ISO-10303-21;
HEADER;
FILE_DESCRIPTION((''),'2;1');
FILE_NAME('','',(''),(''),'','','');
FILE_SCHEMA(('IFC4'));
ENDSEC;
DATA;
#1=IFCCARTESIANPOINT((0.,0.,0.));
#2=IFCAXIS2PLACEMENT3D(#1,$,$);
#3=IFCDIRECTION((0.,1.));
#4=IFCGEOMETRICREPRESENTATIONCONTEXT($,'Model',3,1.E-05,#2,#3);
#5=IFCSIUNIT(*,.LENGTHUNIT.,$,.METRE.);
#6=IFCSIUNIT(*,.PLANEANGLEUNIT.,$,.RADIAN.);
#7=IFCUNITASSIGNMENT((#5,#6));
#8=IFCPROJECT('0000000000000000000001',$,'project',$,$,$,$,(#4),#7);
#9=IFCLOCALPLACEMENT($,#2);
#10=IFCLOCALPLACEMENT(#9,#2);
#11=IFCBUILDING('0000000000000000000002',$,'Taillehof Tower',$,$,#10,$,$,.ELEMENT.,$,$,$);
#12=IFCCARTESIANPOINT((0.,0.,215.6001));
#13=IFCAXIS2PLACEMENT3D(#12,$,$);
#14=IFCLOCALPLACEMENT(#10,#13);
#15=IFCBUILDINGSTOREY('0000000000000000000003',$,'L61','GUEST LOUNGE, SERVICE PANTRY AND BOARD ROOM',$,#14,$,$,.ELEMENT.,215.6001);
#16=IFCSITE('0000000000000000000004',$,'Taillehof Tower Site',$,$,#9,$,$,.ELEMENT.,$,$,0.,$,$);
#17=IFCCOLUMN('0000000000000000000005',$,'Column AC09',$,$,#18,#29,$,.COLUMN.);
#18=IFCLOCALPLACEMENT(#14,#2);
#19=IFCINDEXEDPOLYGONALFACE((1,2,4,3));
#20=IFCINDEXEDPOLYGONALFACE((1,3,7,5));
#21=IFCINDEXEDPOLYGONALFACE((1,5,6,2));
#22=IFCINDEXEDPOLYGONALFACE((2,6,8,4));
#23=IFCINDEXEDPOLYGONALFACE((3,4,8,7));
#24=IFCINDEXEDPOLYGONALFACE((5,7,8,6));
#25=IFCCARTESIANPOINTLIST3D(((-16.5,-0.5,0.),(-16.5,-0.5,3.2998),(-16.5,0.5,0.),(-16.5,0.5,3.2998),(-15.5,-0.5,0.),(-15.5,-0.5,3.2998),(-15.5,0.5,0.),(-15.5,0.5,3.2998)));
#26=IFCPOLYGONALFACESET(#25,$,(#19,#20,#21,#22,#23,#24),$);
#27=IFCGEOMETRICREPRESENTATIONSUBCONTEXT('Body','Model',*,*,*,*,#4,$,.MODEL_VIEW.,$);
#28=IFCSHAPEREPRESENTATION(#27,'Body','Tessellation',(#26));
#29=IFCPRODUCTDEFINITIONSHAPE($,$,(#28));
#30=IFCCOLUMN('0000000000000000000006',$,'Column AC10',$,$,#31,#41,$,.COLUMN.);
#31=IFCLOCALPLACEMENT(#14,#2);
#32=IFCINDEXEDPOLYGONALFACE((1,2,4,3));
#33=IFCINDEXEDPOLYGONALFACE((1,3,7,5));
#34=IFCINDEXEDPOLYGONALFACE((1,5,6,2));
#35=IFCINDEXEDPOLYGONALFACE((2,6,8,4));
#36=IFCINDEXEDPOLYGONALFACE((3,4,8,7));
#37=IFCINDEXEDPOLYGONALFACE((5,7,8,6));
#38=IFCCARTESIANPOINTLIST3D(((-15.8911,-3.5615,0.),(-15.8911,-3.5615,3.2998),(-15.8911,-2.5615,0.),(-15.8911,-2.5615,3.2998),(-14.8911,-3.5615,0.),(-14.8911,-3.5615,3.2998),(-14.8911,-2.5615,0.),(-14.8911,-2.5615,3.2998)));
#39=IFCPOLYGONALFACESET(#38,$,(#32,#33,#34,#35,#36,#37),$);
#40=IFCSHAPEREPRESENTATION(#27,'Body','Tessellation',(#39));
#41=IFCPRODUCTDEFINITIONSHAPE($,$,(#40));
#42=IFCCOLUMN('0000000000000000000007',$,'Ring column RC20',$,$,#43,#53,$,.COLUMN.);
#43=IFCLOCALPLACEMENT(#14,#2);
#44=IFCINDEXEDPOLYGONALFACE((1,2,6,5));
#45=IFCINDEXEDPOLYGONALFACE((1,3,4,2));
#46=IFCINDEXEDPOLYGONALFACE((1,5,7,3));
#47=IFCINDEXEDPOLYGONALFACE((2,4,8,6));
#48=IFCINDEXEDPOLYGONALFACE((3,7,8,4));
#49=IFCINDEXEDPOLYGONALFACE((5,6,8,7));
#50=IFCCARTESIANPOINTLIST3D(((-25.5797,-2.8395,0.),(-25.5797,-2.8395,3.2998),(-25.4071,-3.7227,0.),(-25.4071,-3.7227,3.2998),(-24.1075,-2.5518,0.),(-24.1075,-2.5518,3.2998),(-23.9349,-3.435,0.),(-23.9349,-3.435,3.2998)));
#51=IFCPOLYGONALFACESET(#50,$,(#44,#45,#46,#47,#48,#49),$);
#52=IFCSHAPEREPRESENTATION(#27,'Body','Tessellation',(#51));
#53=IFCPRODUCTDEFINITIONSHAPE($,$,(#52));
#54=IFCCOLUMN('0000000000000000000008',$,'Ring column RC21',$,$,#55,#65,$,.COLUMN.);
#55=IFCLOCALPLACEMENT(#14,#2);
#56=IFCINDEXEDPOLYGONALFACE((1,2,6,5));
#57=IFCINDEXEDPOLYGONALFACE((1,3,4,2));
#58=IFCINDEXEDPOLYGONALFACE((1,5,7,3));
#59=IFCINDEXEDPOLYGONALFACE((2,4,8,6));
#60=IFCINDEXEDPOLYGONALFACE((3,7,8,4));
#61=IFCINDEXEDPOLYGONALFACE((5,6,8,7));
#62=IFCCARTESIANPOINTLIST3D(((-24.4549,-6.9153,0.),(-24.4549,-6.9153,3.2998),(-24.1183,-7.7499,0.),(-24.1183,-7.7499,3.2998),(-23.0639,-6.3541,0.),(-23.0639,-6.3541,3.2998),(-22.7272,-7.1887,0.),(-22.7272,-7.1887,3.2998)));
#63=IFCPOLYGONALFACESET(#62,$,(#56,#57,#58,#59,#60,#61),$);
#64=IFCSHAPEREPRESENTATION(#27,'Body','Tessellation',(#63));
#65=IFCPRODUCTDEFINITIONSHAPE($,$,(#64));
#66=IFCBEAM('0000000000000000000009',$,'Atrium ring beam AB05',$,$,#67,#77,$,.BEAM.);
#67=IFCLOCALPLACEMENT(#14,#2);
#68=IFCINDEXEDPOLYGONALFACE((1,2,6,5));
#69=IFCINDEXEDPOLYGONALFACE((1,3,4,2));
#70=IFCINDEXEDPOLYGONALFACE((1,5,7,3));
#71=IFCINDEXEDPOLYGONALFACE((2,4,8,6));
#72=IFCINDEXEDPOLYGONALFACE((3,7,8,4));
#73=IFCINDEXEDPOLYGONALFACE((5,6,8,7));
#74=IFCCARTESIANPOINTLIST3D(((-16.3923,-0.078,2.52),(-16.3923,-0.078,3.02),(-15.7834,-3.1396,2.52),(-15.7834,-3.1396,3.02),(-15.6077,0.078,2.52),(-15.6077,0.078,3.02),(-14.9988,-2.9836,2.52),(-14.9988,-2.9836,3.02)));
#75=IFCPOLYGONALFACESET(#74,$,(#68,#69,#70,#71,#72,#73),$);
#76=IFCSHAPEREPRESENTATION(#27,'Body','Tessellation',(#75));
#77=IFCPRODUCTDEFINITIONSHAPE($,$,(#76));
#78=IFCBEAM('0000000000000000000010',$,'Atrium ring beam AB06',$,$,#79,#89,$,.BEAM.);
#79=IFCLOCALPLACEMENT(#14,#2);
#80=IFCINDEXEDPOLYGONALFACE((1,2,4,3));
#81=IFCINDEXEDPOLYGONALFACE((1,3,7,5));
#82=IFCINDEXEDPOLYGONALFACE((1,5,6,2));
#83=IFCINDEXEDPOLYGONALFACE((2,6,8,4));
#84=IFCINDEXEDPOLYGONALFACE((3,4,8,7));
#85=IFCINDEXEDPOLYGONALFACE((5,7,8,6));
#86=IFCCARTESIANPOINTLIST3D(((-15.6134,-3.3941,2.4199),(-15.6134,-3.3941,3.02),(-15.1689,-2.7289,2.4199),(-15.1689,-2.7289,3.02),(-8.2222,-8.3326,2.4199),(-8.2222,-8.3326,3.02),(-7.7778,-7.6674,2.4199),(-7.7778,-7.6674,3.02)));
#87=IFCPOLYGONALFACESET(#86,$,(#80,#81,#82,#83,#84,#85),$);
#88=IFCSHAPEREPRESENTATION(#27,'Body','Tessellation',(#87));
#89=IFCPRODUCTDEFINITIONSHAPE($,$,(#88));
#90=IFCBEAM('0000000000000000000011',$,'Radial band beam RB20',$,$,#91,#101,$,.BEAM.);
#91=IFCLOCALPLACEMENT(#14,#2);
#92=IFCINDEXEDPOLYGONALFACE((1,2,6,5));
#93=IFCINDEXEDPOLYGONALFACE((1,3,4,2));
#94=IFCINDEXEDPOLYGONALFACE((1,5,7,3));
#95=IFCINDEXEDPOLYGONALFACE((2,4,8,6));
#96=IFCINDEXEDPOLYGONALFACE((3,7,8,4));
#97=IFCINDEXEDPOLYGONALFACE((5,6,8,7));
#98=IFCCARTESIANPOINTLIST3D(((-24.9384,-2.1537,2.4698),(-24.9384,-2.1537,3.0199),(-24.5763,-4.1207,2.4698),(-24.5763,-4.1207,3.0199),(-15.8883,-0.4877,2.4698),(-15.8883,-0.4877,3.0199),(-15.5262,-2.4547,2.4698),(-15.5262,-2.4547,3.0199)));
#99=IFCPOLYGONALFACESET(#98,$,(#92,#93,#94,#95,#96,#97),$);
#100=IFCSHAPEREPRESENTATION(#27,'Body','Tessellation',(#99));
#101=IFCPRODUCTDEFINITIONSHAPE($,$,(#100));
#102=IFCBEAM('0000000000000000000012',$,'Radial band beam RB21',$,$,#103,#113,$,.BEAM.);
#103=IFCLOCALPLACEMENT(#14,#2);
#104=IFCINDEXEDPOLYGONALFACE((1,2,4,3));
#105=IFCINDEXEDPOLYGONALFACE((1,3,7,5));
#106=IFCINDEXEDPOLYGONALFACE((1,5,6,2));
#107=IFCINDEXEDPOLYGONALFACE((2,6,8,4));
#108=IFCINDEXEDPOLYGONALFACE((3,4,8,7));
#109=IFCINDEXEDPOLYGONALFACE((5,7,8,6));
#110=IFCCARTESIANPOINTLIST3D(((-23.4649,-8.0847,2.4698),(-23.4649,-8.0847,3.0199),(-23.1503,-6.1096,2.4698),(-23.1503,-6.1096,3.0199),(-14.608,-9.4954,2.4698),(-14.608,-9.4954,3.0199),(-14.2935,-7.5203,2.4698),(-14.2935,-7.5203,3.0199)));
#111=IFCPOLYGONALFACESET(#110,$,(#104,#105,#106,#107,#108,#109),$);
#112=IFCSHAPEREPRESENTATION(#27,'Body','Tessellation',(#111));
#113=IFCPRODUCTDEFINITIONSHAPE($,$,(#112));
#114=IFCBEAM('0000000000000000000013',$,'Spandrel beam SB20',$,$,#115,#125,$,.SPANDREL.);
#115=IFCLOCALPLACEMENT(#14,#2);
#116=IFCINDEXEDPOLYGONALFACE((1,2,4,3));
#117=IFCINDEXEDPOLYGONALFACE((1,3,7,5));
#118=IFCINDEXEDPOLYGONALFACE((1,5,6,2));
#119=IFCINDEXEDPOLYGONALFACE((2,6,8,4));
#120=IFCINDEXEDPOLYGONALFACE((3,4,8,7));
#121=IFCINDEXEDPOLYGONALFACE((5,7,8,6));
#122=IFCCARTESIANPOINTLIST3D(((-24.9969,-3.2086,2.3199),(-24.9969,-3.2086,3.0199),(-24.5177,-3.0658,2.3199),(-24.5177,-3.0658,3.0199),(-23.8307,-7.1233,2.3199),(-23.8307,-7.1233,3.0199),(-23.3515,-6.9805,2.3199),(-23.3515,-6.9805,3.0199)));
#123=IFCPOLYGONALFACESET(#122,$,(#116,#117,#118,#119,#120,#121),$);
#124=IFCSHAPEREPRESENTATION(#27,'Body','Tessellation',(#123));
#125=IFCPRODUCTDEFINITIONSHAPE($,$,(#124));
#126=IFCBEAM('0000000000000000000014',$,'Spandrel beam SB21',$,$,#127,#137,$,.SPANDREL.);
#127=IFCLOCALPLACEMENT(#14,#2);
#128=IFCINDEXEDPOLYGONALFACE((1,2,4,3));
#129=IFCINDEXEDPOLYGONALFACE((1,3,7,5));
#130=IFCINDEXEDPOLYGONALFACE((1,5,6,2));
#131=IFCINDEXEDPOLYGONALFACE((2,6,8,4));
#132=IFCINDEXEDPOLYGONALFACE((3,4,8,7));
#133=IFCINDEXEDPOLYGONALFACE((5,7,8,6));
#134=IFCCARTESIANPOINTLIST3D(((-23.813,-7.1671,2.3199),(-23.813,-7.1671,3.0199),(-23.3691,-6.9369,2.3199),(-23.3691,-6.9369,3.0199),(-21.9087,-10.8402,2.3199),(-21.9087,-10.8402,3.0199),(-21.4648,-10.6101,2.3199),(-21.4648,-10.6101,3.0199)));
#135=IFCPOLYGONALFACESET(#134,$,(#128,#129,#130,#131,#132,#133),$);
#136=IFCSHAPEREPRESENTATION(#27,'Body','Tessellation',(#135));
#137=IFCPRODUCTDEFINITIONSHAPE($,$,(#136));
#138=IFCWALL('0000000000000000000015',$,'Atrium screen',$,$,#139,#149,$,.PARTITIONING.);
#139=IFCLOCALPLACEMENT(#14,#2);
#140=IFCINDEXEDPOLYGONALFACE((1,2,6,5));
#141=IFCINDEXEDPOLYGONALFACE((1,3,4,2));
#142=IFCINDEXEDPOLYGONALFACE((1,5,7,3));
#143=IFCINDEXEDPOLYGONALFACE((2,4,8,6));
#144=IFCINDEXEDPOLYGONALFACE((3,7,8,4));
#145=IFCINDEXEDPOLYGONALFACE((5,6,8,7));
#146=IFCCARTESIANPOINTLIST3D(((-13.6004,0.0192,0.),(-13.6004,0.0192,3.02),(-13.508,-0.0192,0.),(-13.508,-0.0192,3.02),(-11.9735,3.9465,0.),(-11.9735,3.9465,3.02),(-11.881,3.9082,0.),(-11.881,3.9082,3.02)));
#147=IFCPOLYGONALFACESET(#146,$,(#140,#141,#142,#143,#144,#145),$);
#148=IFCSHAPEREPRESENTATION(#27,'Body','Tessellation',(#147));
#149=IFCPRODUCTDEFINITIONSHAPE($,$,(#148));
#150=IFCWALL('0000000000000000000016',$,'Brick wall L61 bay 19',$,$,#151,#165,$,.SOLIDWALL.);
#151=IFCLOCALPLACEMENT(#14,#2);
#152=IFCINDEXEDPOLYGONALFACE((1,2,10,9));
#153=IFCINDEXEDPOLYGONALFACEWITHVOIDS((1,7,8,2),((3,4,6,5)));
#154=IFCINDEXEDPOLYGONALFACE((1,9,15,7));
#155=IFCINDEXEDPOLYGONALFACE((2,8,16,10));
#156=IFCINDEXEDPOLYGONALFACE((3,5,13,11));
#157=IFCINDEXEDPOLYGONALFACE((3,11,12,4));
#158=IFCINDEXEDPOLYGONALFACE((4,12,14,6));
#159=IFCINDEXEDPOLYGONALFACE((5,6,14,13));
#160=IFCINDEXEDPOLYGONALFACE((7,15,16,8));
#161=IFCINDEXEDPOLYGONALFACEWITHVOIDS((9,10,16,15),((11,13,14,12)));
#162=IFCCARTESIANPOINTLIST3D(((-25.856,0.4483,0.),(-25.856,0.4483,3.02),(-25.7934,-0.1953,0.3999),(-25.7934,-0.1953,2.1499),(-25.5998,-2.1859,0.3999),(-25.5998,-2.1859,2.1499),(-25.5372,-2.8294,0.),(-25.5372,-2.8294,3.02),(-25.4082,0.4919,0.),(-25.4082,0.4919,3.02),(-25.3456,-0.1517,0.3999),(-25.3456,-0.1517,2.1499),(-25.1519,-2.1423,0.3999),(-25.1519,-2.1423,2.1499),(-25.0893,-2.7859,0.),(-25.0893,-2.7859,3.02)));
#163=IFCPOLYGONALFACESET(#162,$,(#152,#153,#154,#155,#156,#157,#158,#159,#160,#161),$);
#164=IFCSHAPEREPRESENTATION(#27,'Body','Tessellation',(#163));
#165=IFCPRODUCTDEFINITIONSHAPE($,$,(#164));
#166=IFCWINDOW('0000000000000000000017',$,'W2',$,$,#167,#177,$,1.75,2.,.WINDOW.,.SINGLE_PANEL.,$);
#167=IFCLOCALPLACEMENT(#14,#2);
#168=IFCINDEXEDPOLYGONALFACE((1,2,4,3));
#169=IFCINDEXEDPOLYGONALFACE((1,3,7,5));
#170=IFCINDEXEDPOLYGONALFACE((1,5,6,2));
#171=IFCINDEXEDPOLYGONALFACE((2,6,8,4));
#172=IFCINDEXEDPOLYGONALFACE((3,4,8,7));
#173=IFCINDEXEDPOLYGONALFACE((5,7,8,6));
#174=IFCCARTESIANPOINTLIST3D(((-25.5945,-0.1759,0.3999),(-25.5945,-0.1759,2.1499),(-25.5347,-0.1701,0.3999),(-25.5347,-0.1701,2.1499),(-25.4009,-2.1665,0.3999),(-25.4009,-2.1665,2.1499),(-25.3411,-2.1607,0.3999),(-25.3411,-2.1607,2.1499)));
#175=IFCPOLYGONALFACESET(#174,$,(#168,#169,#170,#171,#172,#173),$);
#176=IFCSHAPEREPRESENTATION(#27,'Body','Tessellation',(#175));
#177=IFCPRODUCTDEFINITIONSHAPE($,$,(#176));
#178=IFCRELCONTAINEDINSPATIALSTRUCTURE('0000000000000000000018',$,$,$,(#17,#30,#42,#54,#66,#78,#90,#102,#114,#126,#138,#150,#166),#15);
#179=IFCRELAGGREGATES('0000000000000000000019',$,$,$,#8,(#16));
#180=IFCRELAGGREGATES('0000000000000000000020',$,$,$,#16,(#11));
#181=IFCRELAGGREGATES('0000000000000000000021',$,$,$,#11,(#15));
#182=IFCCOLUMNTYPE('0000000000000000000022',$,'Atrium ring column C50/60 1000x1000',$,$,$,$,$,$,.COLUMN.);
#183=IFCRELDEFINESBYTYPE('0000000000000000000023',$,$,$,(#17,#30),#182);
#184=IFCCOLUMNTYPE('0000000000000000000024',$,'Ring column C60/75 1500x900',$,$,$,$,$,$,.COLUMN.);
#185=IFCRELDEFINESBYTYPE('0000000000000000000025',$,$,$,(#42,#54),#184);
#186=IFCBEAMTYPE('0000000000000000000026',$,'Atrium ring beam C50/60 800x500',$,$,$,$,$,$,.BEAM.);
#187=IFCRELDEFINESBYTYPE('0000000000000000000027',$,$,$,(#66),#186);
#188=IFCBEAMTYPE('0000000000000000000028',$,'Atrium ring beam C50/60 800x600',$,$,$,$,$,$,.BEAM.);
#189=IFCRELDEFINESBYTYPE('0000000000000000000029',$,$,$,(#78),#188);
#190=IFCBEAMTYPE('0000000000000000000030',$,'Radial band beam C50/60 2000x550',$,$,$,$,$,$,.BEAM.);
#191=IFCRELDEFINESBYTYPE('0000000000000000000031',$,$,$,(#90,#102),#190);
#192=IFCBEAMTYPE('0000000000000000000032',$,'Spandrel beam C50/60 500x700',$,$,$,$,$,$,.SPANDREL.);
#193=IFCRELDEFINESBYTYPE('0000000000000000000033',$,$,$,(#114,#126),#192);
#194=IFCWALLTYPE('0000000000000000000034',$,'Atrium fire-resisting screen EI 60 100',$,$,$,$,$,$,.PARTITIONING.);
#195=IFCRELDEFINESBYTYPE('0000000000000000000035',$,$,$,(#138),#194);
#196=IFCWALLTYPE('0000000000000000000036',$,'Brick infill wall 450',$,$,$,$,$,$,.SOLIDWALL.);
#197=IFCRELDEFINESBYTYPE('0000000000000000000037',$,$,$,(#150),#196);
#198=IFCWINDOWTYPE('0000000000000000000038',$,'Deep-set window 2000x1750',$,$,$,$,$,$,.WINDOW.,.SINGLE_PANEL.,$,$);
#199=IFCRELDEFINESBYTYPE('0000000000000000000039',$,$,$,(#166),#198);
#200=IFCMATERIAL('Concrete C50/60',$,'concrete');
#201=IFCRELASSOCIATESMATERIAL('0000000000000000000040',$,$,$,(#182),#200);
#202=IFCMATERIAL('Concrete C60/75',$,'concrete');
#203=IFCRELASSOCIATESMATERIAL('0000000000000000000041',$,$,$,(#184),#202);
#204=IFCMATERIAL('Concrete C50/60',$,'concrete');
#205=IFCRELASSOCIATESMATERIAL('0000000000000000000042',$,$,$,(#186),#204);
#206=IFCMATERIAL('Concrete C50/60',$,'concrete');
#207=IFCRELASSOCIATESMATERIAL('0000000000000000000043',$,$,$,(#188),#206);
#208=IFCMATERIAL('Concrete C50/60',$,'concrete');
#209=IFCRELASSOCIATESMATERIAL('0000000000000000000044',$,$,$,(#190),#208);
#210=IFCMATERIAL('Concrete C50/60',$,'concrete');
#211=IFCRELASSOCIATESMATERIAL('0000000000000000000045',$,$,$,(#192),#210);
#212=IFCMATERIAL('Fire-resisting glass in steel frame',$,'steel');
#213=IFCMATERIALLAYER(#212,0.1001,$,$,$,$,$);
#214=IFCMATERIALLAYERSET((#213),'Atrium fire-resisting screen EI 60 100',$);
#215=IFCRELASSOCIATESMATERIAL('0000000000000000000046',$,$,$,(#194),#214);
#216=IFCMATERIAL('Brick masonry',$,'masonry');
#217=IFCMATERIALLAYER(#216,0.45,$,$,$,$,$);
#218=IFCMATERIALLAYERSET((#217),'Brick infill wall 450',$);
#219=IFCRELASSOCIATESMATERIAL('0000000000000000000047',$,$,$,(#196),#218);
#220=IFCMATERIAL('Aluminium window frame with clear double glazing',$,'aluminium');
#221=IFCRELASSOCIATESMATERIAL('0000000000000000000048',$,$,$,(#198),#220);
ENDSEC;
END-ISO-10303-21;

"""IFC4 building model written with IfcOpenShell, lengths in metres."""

from ifc_helpers import new_model, si_unit, direction, frame, frame_2d, origin, origin_2d, place, context, subcontext, project, spatial, rectangle, extrude, material, layer, layer_set, material_profile, profile_set, type_object, element, fill, save


model = new_model("IFC4")

# Units and contexts
model_context = context("Model", 3, precision=1e-05, world=origin(), true_north=direction((0.0, 1.0)))
body_context = subcontext(model_context, "Body", "Model", "MODEL_VIEW")
ifc_project = project(units=[si_unit("LENGTHUNIT", "METRE"), si_unit("PLANEANGLEUNIT", "RADIAN")], contexts=[model_context])

# Site, building, storey
site_placement = place(None, origin())
site = spatial("IfcSite", under=ifc_project, at=site_placement, Name="Taillehof Tower Site", CompositionType="ELEMENT", RefElevation=0.0)
building_placement = place(site_placement, origin())
building = spatial("IfcBuilding", under=site, at=building_placement, Name="Taillehof Tower", CompositionType="ELEMENT")
storey_placement = place(building_placement, frame((0.0, 0.0, 215.6001)))
storey = spatial("IfcBuildingStorey", under=building, at=storey_placement, Name="L61", Description="GUEST LOUNGE, SERVICE PANTRY AND BOARD ROOM", CompositionType="ELEMENT", Elevation=215.6001)

# Columns
ifc_material_1 = material(Name="Concrete C50/60", Category="concrete")
ifc_material_profile_1 = material_profile(ifc_material_1, rectangle(XDim=1.0, YDim=1.0, at=origin_2d()), Name="RC 1000x1000")
ifc_profile_set_1 = profile_set([ifc_material_profile_1], Name="Concrete C50/60")
column_type_1 = type_object("IfcColumnType", Name="Atrium ring column C50/60 1000x1000", PredefinedType="COLUMN", material=ifc_profile_set_1)
for number, where, z_axis, x_axis, name in (
    (1, (-16.0, 0.0, 0.0), (0.0, 0.0, 1.0), (1.0, 0.0, 0.0), "Column AC09"),
    (2, (-15.3911, -3.0615, 0.0), (0.0, 0.0, 1.0), (1.0, 0.0, 0.0), "Column AC10"),
):
    element("IfcColumn", number, at=place(storey_placement, frame(where, z_axis=z_axis, x_axis=x_axis)), inside=storey, type_object=column_type_1, Name=name, PredefinedType="COLUMN", context=body_context, shape_type="SweptSolid", body=[
        extrude(rectangle(XDim=1.0, YDim=1.0, at=origin_2d()), origin(), (0.0, 0.0, 1.0), 3.2998),
    ])
ifc_material_2 = material(Name="Concrete C60/75", Category="concrete")
ifc_material_profile_2 = material_profile(ifc_material_2, rectangle(XDim=1.5, YDim=0.8999, at=origin_2d()), Name="RC 1500x900")
ifc_profile_set_2 = profile_set([ifc_material_profile_2], Name="Concrete C60/75")
column_type_2 = type_object("IfcColumnType", Name="Ring column C60/75 1500x900", PredefinedType="COLUMN", material=ifc_profile_set_2)
for number, where, z_axis, x_axis, name in (
    (3, (-24.7573, -3.1372, 0.0), (0.0, 0.0, 1.0), (-0.981434, -0.191801, 0.0), "Ring column RC20"),
    (4, (-23.5911, -7.052, 0.0), (0.0, 0.0, 1.0), (-0.927385, -0.374108, 0.0), "Ring column RC21"),
):
    element("IfcColumn", number, at=place(storey_placement, frame(where, z_axis=z_axis, x_axis=x_axis)), inside=storey, type_object=column_type_2, Name=name, PredefinedType="COLUMN", context=body_context, shape_type="SweptSolid", body=[
        extrude(rectangle(XDim=1.5, YDim=0.8999, at=origin_2d()), origin(), (0.0, 0.0, 1.0), 3.2998),
    ])

# Beams
ifc_material_3 = material(Name="Concrete C50/60", Category="concrete")
ifc_material_profile_3 = material_profile(ifc_material_3, rectangle(XDim=0.8, YDim=0.5, at=origin_2d()), Name="RC 800x500")
ifc_profile_set_3 = profile_set([ifc_material_profile_3], Name="Concrete C50/60")
beam_type_1 = type_object("IfcBeamType", Name="Atrium ring beam C50/60 800x500", PredefinedType="BEAM", material=ifc_profile_set_3)
beam_1_placement = place(storey_placement, frame((-16.0, 0.0, 2.77), z_axis=(0.195063, -0.980791, 0.0), x_axis=(0.980791, 0.195063, 0.0)))
element("IfcBeam", 5, at=beam_1_placement, inside=storey, type_object=beam_type_1, Name="Atrium ring beam AB05", PredefinedType="BEAM", context=body_context, shape_type="SweptSolid", body=[
    extrude(rectangle(XDim=0.8, YDim=0.5, at=origin_2d()), origin(), (0.0, 0.0, 1.0), 3.1216),
])
ifc_material_4 = material(Name="Concrete C50/60", Category="concrete")
ifc_material_profile_4 = material_profile(ifc_material_4, rectangle(XDim=0.8, YDim=0.6001, at=origin_2d()), Name="RC 800x600")
ifc_profile_set_4 = profile_set([ifc_material_profile_4], Name="Concrete C50/60")
beam_type_2 = type_object("IfcBeamType", Name="Atrium ring beam C50/60 800x600", PredefinedType="BEAM", material=ifc_profile_set_4)
beam_2_placement = place(storey_placement, frame((-15.3911, -3.0615, 2.72), z_axis=(0.831475, -0.555562, 0.0), x_axis=(0.555562, 0.831475, 0.0)))
element("IfcBeam", 6, at=beam_2_placement, inside=storey, type_object=beam_type_2, Name="Atrium ring beam AB06", PredefinedType="BEAM", context=body_context, shape_type="SweptSolid", body=[
    extrude(rectangle(XDim=0.8, YDim=0.6001, at=origin_2d()), origin(), (0.0, 0.0, 1.0), 8.8892),
])
ifc_material_5 = material(Name="Concrete C50/60", Category="concrete")
ifc_material_profile_5 = material_profile(ifc_material_5, rectangle(XDim=2.0, YDim=0.55, at=origin_2d()), Name="RC 2000x550")
ifc_profile_set_5 = profile_set([ifc_material_profile_5], Name="Concrete C50/60")
beam_type_3 = type_object("IfcBeamType", Name="Radial band beam C50/60 2000x550", PredefinedType="BEAM", material=ifc_profile_set_5)
beam_3_placement = place(storey_placement, frame((-24.7573, -3.1372, 2.7449), z_axis=(0.983474, 0.181047, 0.0), x_axis=(-0.181047, 0.983474, 0.0)))
element("IfcBeam", 7, at=beam_3_placement, inside=storey, type_object=beam_type_3, Name="Radial band beam RB20", PredefinedType="BEAM", context=body_context, shape_type="SweptSolid", body=[
    extrude(rectangle(XDim=2.0, YDim=0.55, at=origin_2d()), origin(), (0.0, 0.0, 1.0), 9.2021),
])
beam_4_placement = place(storey_placement, frame((-23.3076, -7.0972, 2.7449), z_axis=(0.987553, -0.157288, 0.0), x_axis=(0.157288, 0.987553, 0.0)))
element("IfcBeam", 8, at=beam_4_placement, inside=storey, type_object=beam_type_3, Name="Radial band beam RB21", PredefinedType="BEAM", context=body_context, shape_type="SweptSolid", body=[
    extrude(rectangle(XDim=2.0, YDim=0.55, at=origin_2d()), origin(), (0.0, 0.0, 1.0), 8.9685),
])
ifc_material_6 = material(Name="Concrete C50/60", Category="concrete")
ifc_material_profile_6 = material_profile(ifc_material_6, rectangle(XDim=0.5, YDim=0.7, at=origin_2d()), Name="RC 500x700")
ifc_profile_set_6 = profile_set([ifc_material_profile_6], Name="Concrete C50/60")
beam_type_4 = type_object("IfcBeamType", Name="Spandrel beam C50/60 500x700", PredefinedType="SPANDREL", material=ifc_profile_set_6)
beam_5_placement = place(storey_placement, frame((-24.7573, -3.1372, 2.6699), z_axis=(0.28551, -0.958376, 0.0), x_axis=(0.958376, 0.28551, 0.0)))
element("IfcBeam", 9, at=beam_5_placement, inside=storey, type_object=beam_type_4, Name="Spandrel beam SB20", PredefinedType="SPANDREL", context=body_context, shape_type="SweptSolid", body=[
    extrude(rectangle(XDim=0.5, YDim=0.7, at=origin_2d()), origin(), (0.0, 0.0, 1.0), 4.0847),
])
beam_6_placement = place(storey_placement, frame((-23.5911, -7.052, 2.6699), z_axis=(0.460265, -0.887781, 0.0), x_axis=(0.887781, 0.460265, 0.0)))
element("IfcBeam", 10, at=beam_6_placement, inside=storey, type_object=beam_type_4, Name="Spandrel beam SB21", PredefinedType="SPANDREL", context=body_context, shape_type="SweptSolid", body=[
    extrude(rectangle(XDim=0.5, YDim=0.7, at=origin_2d()), origin(), (0.0, 0.0, 1.0), 4.1375),
])

# Wall
ifc_material_7 = material(Name="Fire-resisting glass in steel frame", Category="steel")
ifc_layer_1 = layer(ifc_material_7, 0.1001)
ifc_layer_set_1 = layer_set([ifc_layer_1], Name="Atrium fire-resisting screen EI 60 100")
wall_type_1 = type_object("IfcWallType", Name="Atrium fire-resisting screen EI 60 100", PredefinedType="PARTITIONING", material=ifc_layer_set_1)
wall_1_placement = place(storey_placement, frame((-13.5542, 0.0, 0.0), z_axis=(0.0, 0.0, 1.0), x_axis=(0.382731, 0.92386, 0.0)))
element("IfcWall", 11, at=wall_1_placement, inside=storey, type_object=wall_type_1, Name="Atrium screen", PredefinedType="PARTITIONING", context=body_context, shape_type="SweptSolid", body=[
    extrude(rectangle(XDim=4.251, YDim=0.1001, at=frame_2d((2.1255, 0.0))), origin(), (0.0, 0.0, 1.0), 3.02),
])

# Wall, opening, window
ifc_material_8 = material(Name="Brick masonry", Category="masonry")
ifc_layer_2 = layer(ifc_material_8, 0.45)
ifc_layer_set_2 = layer_set([ifc_layer_2], Name="Brick infill wall 450")
wall_type_2 = type_object("IfcWallType", Name="Brick infill wall 450", PredefinedType="SOLIDWALL", material=ifc_layer_set_2)
wall_2_placement = place(storey_placement, frame((-25.6321, 0.47, 0.0), z_axis=(0.0, 0.0, 1.0), x_axis=(0.096817, -0.995302, 0.0)))
wall_2 = element("IfcWall", 12, at=wall_2_placement, inside=storey, type_object=wall_type_2, Name="Brick wall L61 bay 19", PredefinedType="SOLIDWALL", context=body_context, shape_type="SweptSolid", body=[
    extrude(rectangle(XDim=3.2932, YDim=0.45, at=frame_2d((1.6465, 0.0))), origin(), (0.0, 0.0, 1.0), 3.02),
])
opening_1_placement = place(wall_2_placement, frame((0.6465, 0.0, 0.3999)))
opening_1 = element("IfcOpeningElement", 13, at=opening_1_placement, cuts=wall_2, PredefinedType="OPENING", context=body_context, shape_type="SweptSolid", body=[
    extrude(rectangle(XDim=2.0, YDim=1.75, at=frame_2d((1.0, 0.875))), frame((0.0, 0.2349, 0.0), z_axis=(0.0, -1.0, 0.0), x_axis=(1.0, 0.0, 0.0)), (0.0, 0.0, 1.0), 0.47),
])
ifc_material_9 = material(Name="Aluminium window frame with clear double glazing", Category="aluminium")
window_type = type_object("IfcWindowType", Name="Deep-set window 2000x1750", PartitioningType="SINGLE_PANEL", PredefinedType="WINDOW", material=ifc_material_9)
window_1_placement = place(opening_1_placement, origin())
window_1 = element("IfcWindow", 14, at=window_1_placement, inside=storey, type_object=window_type, Name="W2", OverallHeight=1.75, OverallWidth=2.0, PartitioningType="SINGLE_PANEL", PredefinedType="WINDOW", context=body_context, shape_type="SweptSolid", body=[
    extrude(rectangle(XDim=2.0, YDim=1.75, at=frame_2d((1.0, 0.875))), frame((0.0, 0.0349, 0.0), z_axis=(0.0, -1.0, 0.0), x_axis=(1.0, 0.0, 0.0)), (0.0, 0.0, 1.0), 0.0601),
])
fill(opening_1, window_1)

save(model, "model.ifc")
